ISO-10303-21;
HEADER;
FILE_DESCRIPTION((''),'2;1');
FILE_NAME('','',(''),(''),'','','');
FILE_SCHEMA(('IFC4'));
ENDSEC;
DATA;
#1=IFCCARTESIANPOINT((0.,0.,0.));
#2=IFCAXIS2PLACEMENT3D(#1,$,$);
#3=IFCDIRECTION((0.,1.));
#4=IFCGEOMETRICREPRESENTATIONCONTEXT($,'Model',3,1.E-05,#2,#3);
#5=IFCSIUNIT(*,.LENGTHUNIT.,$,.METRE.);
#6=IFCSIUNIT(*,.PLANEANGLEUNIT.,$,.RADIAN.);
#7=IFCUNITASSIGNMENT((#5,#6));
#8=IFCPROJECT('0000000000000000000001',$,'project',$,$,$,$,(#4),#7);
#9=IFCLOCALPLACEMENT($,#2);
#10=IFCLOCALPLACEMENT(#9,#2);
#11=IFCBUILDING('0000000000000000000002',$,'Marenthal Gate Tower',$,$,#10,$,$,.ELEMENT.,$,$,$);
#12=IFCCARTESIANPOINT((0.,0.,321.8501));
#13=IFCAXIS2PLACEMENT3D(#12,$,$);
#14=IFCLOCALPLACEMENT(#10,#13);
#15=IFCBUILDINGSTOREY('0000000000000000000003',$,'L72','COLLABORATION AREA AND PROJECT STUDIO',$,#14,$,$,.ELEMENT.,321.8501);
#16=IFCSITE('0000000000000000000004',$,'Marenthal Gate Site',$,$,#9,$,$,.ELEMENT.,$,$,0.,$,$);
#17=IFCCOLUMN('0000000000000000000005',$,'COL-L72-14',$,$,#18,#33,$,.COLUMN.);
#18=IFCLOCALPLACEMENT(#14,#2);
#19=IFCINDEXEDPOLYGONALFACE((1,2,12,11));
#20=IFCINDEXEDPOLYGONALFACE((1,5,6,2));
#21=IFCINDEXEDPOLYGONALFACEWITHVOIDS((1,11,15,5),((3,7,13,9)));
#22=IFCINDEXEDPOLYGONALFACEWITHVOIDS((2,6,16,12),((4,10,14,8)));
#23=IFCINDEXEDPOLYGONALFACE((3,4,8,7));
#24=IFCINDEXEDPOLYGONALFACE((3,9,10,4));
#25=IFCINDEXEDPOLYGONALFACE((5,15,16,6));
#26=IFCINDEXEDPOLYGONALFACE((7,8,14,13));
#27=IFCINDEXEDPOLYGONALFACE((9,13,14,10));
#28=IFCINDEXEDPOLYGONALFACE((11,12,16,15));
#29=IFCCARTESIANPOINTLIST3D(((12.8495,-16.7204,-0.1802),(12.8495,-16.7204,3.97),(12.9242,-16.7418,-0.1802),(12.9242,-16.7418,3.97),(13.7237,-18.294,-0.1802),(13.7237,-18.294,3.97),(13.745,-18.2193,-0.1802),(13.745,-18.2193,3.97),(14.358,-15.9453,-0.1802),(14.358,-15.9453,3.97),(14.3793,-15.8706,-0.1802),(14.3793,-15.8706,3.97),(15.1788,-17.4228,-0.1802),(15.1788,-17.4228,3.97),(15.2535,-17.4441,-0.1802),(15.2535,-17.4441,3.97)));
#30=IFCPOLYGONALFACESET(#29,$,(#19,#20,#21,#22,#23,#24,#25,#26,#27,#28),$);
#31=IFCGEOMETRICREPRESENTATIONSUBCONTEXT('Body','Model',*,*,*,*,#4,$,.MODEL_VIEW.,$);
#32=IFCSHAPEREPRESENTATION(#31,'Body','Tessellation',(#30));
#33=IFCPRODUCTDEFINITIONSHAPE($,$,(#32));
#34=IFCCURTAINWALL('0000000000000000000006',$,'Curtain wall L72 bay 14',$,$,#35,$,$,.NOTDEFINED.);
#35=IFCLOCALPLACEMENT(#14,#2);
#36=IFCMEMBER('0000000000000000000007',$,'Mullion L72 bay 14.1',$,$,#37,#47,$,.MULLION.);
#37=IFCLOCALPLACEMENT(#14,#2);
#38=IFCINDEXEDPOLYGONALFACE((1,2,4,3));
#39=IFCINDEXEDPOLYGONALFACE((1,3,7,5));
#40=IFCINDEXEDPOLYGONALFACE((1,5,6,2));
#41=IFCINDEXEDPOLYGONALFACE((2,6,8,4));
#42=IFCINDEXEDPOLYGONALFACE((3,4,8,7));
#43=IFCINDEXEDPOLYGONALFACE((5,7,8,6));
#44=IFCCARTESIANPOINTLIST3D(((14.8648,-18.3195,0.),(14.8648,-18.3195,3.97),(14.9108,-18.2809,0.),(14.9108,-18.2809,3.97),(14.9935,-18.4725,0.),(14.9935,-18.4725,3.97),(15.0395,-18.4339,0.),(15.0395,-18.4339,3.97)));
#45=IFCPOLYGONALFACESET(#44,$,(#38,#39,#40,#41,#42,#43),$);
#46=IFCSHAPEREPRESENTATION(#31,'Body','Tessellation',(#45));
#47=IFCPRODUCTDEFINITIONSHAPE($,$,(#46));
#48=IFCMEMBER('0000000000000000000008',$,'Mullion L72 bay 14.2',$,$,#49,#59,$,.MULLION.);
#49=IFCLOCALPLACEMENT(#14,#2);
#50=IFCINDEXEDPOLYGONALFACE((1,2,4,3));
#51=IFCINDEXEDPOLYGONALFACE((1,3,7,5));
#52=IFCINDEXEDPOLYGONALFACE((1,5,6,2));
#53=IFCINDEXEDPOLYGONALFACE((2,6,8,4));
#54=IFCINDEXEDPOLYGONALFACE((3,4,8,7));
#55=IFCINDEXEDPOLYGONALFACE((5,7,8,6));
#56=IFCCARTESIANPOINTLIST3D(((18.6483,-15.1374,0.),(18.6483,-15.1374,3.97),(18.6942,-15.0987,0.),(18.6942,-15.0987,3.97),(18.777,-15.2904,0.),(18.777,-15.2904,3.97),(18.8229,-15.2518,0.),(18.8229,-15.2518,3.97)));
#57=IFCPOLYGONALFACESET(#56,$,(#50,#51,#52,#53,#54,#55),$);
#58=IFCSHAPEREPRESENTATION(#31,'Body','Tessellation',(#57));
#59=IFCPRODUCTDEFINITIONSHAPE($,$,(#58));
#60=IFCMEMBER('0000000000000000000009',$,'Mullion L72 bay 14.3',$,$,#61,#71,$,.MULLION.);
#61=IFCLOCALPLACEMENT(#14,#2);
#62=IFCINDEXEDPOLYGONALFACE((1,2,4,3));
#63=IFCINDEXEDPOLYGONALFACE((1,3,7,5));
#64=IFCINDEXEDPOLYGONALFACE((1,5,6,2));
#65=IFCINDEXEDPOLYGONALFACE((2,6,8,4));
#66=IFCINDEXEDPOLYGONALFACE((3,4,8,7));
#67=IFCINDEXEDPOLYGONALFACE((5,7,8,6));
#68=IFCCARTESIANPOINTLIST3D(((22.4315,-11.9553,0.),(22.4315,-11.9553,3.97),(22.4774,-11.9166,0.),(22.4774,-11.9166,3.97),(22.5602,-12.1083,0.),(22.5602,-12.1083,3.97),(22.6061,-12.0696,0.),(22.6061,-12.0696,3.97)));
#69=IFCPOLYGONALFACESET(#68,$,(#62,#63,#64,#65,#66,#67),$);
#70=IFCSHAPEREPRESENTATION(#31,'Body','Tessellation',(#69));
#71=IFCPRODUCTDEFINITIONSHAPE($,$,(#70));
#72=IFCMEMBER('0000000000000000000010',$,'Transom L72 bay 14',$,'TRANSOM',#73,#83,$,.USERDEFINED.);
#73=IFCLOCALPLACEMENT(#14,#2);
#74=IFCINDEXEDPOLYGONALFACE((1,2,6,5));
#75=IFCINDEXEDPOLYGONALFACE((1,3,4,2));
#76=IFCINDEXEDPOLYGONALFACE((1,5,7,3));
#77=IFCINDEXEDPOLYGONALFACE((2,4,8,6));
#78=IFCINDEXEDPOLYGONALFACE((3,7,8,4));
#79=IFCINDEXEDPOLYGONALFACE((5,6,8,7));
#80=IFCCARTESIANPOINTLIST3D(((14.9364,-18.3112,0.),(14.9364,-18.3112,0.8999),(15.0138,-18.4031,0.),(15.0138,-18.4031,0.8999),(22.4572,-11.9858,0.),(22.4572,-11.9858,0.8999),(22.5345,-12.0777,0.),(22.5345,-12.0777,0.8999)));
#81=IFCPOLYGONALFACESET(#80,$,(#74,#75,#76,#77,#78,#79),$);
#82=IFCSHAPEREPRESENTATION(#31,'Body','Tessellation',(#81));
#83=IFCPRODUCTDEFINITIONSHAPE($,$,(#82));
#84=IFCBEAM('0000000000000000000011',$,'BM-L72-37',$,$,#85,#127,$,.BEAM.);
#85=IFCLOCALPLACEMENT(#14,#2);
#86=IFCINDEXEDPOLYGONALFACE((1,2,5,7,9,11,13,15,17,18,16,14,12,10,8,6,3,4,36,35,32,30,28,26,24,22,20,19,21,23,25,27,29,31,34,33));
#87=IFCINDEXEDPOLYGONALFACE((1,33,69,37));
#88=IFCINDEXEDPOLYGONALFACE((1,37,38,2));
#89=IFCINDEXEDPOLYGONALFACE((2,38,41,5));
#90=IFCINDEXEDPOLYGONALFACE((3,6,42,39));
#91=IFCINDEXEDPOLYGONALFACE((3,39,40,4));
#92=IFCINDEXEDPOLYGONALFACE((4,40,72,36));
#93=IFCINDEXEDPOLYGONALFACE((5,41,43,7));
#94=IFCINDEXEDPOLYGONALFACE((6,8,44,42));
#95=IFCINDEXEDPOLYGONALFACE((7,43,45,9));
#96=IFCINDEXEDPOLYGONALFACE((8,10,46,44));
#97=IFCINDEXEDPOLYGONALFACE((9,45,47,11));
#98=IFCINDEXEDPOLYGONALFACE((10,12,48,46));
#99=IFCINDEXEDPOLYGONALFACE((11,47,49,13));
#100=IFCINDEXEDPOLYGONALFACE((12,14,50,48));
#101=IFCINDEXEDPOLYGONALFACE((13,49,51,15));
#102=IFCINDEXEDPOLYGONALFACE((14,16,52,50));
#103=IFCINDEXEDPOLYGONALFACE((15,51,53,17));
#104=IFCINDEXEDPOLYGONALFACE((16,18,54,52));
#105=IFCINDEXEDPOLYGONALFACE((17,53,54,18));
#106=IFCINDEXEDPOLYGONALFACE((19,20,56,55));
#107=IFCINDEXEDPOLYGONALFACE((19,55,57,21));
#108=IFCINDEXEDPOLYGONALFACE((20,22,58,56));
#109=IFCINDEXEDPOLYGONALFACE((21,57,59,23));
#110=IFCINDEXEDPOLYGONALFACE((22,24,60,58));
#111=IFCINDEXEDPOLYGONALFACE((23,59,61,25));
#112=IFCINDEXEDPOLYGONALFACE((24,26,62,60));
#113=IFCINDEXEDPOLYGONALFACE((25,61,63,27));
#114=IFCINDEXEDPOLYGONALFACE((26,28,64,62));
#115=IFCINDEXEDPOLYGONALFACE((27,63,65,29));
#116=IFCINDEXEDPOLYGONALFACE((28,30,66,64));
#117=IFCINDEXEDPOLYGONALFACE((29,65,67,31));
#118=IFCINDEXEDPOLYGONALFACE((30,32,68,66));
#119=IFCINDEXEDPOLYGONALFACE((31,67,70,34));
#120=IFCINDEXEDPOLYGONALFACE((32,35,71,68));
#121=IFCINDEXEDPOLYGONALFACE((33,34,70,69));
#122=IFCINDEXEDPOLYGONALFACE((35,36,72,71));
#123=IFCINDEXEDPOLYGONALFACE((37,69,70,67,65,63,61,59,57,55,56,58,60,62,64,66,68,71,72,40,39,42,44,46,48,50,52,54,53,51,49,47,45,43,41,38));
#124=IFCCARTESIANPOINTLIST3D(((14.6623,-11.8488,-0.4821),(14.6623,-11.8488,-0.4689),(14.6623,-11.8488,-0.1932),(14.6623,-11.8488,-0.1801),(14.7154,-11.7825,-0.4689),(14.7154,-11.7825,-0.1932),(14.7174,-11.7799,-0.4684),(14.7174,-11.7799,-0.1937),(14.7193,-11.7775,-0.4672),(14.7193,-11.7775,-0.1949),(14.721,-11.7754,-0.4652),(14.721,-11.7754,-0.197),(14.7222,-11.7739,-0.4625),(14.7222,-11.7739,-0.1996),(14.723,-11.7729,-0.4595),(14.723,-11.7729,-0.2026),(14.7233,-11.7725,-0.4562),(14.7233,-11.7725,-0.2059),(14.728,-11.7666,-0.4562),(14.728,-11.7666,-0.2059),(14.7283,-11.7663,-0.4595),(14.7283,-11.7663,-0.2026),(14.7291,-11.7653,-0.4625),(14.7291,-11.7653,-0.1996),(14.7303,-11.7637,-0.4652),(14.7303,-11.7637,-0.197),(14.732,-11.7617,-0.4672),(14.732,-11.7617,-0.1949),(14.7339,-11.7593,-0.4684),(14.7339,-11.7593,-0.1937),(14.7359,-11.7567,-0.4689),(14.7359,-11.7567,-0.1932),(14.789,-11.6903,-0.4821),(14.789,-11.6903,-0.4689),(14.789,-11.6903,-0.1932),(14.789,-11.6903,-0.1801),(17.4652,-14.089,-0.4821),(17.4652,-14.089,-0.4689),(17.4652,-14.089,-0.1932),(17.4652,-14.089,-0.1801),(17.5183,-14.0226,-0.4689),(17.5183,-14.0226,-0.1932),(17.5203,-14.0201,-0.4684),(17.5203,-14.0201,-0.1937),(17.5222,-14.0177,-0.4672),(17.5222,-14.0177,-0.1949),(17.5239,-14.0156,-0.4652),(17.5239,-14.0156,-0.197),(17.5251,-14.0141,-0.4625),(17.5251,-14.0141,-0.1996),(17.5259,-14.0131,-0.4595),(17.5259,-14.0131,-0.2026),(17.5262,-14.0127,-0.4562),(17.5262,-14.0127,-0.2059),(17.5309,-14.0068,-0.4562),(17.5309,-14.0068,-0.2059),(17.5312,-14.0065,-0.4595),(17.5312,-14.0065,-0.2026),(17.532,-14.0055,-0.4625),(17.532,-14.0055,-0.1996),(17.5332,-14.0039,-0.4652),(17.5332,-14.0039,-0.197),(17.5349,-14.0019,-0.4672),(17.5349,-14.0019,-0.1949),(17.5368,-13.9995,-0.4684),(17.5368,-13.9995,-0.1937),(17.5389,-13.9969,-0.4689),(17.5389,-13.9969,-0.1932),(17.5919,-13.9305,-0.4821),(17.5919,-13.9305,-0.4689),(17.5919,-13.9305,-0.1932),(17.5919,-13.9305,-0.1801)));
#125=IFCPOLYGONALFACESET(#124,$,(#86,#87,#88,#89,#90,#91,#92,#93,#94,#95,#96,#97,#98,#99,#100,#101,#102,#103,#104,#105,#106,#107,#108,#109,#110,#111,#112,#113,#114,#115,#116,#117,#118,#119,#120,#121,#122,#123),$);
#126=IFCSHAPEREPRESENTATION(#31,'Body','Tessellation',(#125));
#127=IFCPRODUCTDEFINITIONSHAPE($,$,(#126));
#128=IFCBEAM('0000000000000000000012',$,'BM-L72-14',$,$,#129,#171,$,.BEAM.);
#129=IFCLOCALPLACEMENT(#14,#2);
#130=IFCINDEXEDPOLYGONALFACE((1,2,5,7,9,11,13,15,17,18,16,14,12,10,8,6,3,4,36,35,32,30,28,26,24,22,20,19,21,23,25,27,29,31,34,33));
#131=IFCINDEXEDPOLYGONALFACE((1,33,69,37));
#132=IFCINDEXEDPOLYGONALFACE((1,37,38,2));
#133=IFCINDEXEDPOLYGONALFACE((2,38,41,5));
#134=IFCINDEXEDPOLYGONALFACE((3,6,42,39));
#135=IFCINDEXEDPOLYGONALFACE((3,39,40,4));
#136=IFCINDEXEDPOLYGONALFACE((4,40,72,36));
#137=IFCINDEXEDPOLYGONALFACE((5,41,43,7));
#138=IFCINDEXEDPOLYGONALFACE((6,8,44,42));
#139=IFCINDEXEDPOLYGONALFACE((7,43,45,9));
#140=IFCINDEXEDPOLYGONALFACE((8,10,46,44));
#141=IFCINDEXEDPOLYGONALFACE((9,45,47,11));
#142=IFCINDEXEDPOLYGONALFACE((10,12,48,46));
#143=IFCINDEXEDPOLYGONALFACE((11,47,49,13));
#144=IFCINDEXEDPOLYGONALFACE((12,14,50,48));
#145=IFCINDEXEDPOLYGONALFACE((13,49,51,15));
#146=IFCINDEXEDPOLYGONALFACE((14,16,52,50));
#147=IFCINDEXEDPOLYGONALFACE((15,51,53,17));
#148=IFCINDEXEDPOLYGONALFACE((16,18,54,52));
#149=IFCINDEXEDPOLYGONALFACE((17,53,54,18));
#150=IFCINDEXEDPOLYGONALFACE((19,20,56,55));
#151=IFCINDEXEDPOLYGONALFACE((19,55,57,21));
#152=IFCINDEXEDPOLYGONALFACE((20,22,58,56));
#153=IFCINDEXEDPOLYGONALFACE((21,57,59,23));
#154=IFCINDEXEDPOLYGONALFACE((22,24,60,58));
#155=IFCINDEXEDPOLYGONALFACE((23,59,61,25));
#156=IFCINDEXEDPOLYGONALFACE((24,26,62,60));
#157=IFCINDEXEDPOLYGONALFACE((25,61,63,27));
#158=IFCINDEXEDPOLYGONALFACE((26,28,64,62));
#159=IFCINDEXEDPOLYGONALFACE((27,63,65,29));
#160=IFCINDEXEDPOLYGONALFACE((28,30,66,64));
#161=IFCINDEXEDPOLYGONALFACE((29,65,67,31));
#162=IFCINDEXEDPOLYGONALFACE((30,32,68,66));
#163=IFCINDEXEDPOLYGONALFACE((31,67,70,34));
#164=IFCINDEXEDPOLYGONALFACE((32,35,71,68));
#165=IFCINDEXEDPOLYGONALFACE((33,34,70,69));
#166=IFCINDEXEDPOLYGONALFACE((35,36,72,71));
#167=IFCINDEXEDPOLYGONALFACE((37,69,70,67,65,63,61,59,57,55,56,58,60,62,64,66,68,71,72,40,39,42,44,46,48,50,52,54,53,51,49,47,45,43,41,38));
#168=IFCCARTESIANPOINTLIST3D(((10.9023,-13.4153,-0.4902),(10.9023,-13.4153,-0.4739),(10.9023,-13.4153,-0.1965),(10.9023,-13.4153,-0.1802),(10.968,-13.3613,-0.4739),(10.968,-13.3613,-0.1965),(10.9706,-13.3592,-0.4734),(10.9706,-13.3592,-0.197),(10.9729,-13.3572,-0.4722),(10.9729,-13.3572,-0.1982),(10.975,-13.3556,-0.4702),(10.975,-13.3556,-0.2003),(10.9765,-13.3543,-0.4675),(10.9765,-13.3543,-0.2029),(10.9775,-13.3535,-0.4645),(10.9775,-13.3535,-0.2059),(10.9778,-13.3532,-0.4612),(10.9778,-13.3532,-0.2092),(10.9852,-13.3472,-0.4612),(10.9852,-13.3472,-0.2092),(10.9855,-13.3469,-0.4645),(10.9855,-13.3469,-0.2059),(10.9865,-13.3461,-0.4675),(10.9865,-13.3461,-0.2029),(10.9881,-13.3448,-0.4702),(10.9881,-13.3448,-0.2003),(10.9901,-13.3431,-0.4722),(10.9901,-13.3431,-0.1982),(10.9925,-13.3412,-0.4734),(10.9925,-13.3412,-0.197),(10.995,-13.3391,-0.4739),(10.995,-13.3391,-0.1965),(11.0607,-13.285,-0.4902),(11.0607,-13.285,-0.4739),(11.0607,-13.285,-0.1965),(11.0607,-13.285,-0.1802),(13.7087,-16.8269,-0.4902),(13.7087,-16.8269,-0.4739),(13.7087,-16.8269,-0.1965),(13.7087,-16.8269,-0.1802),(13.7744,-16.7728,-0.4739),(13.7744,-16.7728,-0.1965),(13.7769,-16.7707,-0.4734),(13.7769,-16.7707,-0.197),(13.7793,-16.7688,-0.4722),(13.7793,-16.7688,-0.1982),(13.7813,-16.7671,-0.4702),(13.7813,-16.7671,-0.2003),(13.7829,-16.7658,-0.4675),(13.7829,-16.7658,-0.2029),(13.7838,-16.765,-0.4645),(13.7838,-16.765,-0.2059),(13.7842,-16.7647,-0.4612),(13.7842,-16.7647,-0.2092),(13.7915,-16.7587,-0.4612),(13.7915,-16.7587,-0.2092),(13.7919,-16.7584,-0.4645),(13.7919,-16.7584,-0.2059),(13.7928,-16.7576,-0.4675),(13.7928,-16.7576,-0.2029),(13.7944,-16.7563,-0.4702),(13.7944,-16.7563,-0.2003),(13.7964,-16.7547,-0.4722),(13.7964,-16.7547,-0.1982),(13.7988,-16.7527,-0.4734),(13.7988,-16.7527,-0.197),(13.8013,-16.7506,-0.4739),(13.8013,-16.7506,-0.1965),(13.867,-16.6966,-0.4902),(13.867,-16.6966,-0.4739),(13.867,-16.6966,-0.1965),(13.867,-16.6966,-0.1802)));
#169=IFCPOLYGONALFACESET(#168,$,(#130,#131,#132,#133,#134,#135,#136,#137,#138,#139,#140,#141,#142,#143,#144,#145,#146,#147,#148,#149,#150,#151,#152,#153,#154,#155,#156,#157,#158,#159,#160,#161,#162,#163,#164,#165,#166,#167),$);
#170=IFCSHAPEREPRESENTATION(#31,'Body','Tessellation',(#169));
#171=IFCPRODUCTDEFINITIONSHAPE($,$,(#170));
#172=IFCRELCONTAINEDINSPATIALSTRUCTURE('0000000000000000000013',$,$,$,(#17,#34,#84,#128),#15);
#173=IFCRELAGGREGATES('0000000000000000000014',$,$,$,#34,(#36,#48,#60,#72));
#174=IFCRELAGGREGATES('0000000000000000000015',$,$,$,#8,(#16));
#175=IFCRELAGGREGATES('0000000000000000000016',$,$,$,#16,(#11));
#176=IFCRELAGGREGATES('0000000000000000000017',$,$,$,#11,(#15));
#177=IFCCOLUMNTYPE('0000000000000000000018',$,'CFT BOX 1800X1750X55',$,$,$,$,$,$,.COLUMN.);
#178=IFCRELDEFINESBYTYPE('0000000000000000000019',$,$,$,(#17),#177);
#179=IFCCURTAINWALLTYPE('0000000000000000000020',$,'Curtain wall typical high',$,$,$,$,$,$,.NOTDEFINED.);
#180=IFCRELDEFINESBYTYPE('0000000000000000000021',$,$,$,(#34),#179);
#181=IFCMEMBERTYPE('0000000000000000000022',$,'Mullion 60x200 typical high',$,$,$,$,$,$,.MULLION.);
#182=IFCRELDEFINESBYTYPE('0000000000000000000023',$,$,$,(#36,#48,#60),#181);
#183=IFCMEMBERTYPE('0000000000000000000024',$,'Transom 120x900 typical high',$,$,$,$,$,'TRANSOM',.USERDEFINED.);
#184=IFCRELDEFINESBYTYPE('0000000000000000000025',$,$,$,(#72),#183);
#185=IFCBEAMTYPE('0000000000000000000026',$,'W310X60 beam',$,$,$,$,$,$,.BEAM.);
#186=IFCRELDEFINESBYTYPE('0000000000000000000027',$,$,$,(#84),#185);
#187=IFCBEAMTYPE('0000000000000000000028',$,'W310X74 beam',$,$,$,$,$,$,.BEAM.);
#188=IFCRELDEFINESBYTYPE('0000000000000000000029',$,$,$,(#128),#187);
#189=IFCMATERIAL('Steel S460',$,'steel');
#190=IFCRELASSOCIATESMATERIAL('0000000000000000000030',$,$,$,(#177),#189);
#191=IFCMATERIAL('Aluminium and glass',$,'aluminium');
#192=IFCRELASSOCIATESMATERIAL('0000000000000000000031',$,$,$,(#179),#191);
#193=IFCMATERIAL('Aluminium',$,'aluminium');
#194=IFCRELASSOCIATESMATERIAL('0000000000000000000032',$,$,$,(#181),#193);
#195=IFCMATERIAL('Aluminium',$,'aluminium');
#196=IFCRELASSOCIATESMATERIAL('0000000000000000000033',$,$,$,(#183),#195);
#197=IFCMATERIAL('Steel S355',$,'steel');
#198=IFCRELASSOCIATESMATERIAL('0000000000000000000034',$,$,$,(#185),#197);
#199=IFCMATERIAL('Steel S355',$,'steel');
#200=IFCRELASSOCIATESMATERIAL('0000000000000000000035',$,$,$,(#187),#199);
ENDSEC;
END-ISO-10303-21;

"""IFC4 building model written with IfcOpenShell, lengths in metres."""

from ifc_helpers import new_model, si_unit, direction, frame, origin, origin_2d, place, context, subcontext, project, spatial, rectangle, hollow_rectangle, i_section, extrude, material, material_profile, profile_set, type_object, element, aggregate, save


model = new_model("IFC4")

# Units and contexts
model_context = context("Model", 3, precision=1e-05, world=origin(), true_north=direction((0.0, 1.0)))
body_context = subcontext(model_context, "Body", "Model", "MODEL_VIEW")
ifc_project = project(units=[si_unit("LENGTHUNIT", "METRE"), si_unit("PLANEANGLEUNIT", "RADIAN")], contexts=[model_context])

# Site, building, storey
site_placement = place(None, origin())
site = spatial("IfcSite", under=ifc_project, at=site_placement, Name="Marenthal Gate Site", CompositionType="ELEMENT", RefElevation=0.0)
building_placement = place(site_placement, origin())
building = spatial("IfcBuilding", under=site, at=building_placement, Name="Marenthal Gate Tower", CompositionType="ELEMENT")
storey_placement = place(building_placement, frame((0.0, 0.0, 321.8501)))
storey = spatial("IfcBuildingStorey", under=building, at=storey_placement, Name="L72", Description="COLLABORATION AREA AND PROJECT STUDIO", CompositionType="ELEMENT", Elevation=321.8501)

# Column
ifc_material_1 = material(Name="Steel S460", Category="steel")
ifc_material_profile_1 = material_profile(ifc_material_1, hollow_rectangle(XDim=1.75, YDim=1.8, WallThickness=0.0549, at=origin_2d()), Name="CFT BOX 1800X1750X55")
ifc_material_2 = material(Name="Concrete 70 MPa", Category="concrete")
ifc_material_profile_2 = material_profile(ifc_material_2, rectangle(XDim=1.6399, YDim=1.6899, at=origin_2d()), Name="CFT BOX 1800X1750X55 INFILL")
ifc_profile_set_1 = profile_set([ifc_material_profile_1, ifc_material_profile_2], Name="Steel S460 shell, Concrete 70 MPa infill")
column_type = type_object("IfcColumnType", Name="CFT BOX 1800X1750X55", PredefinedType="COLUMN", material=ifc_profile_set_1)
column_placement = place(storey_placement, frame((14.0515, -17.0823, -0.1802), z_axis=(0.0, 0.0, 1.0), x_axis=(-0.874163, -0.485632, 0.0)))
element("IfcColumn", 1, at=column_placement, inside=storey, type_object=column_type, Name="COL-L72-14", PredefinedType="COLUMN", context=body_context, shape_type="SweptSolid", body=[
    extrude(hollow_rectangle(XDim=1.75, YDim=1.8, WallThickness=0.0549, at=origin_2d()), origin(), (0.0, 0.0, 1.0), 4.1501),
])

# Curtain wall, members
ifc_material_3 = material(Name="Aluminium and glass", Category="aluminium")
curtain_wall_type = type_object("IfcCurtainWallType", Name="Curtain wall typical high", PredefinedType="NOTDEFINED", material=ifc_material_3)
curtain_wall_placement = place(storey_placement, origin())
curtain_wall = element("IfcCurtainWall", 2, at=curtain_wall_placement, inside=storey, type_object=curtain_wall_type, Name="Curtain wall L72 bay 14", PredefinedType="NOTDEFINED")
ifc_material_4 = material(Name="Aluminium", Category="aluminium")
ifc_material_profile_3 = material_profile(ifc_material_4, rectangle(XDim=0.2, YDim=0.0601, at=origin_2d()), Name="60x200 aluminium mullion")
ifc_profile_set_2 = profile_set([ifc_material_profile_3], Name="Aluminium")
member_type_1 = type_object("IfcMemberType", Name="Mullion 60x200 typical high", PredefinedType="MULLION", material=ifc_profile_set_2)
member_1_placement = place(storey_placement, frame((14.9521, -18.3767, 0.0), z_axis=(0.0, 0.0, 1.0), x_axis=(-0.643676, 0.765298, 0.0)))
member_1 = element("IfcMember", 3, at=member_1_placement, type_object=member_type_1, Name="Mullion L72 bay 14.1", PredefinedType="MULLION", context=body_context, shape_type="SweptSolid", body=[
    extrude(rectangle(XDim=0.2, YDim=0.0601, at=origin_2d()), origin(), (0.0, 0.0, 1.0), 3.97),
])
member_2_placement = place(storey_placement, frame((18.7356, -15.1946, 0.0), z_axis=(0.0, 0.0, 1.0), x_axis=(-0.643676, 0.765298, 0.0)))
member_2 = element("IfcMember", 4, at=member_2_placement, type_object=member_type_1, Name="Mullion L72 bay 14.2", PredefinedType="MULLION", context=body_context, shape_type="SweptSolid", body=[
    extrude(rectangle(XDim=0.2, YDim=0.0601, at=origin_2d()), origin(), (0.0, 0.0, 1.0), 3.97),
])
member_3_placement = place(storey_placement, frame((22.5188, -12.0125, 0.0), z_axis=(0.0, 0.0, 1.0), x_axis=(-0.643676, 0.765298, 0.0)))
member_3 = element("IfcMember", 5, at=member_3_placement, type_object=member_type_1, Name="Mullion L72 bay 14.3", PredefinedType="MULLION", context=body_context, shape_type="SweptSolid", body=[
    extrude(rectangle(XDim=0.2, YDim=0.0601, at=origin_2d()), origin(), (0.0, 0.0, 1.0), 3.97),
])
ifc_material_5 = material(Name="Aluminium", Category="aluminium")
ifc_material_profile_4 = material_profile(ifc_material_5, rectangle(XDim=0.1201, YDim=0.8999, at=origin_2d()), Name="120x900 aluminium transom")
ifc_profile_set_3 = profile_set([ifc_material_profile_4], Name="Aluminium")
member_type_2 = type_object("IfcMemberType", Name="Transom 120x900 typical high", ElementType="TRANSOM", PredefinedType="USERDEFINED", material=ifc_profile_set_3)
member_4_placement = place(storey_placement, frame((14.9751, -18.3572, 0.45), z_axis=(0.765303, 0.64367, 0.0), x_axis=(-0.64367, 0.765303, 0.0)))
member_4 = element("IfcMember", 6, at=member_4_placement, type_object=member_type_2, Name="Transom L72 bay 14", ObjectType="TRANSOM", PredefinedType="USERDEFINED", context=body_context, shape_type="SweptSolid", body=[
    extrude(rectangle(XDim=0.1201, YDim=0.8999, at=origin_2d()), origin(), (0.0, 0.0, 1.0), 9.8271),
])

# Beams
ifc_material_6 = material(Name="Steel S355", Category="steel")
ifc_material_profile_5 = material_profile(ifc_material_6, i_section(OverallWidth=0.2029, OverallDepth=0.302, WebThickness=0.0076, FlangeThickness=0.0132, FilletRadius=0.0127, at=origin_2d()), Name="W310X60")
ifc_profile_set_4 = profile_set([ifc_material_profile_5], Name="Steel S355")
beam_type_1 = type_object("IfcBeamType", Name="W310X60 beam", PredefinedType="BEAM", material=ifc_profile_set_4)
beam_1_placement = place(storey_placement, frame((17.5286, -14.0098, -0.3311), z_axis=(-0.781161, 0.62433, 0.0), x_axis=(-0.62433, -0.781161, 0.0)))
element("IfcBeam", 7, at=beam_1_placement, inside=storey, type_object=beam_type_1, Name="BM-L72-37", PredefinedType="BEAM", context=body_context, shape_type="SweptSolid", body=[
    extrude(i_section(OverallWidth=0.2029, OverallDepth=0.302, WebThickness=0.0076, FlangeThickness=0.0132, FilletRadius=0.0127, at=origin_2d()), origin(), (0.0, 0.0, 1.0), 3.5881),
])
ifc_material_7 = material(Name="Steel S355", Category="steel")
ifc_material_profile_6 = material_profile(ifc_material_7, i_section(OverallWidth=0.2051, OverallDepth=0.3101, WebThickness=0.0095, FlangeThickness=0.0164, FilletRadius=0.0127, at=origin_2d()), Name="W310X74")
ifc_profile_set_5 = profile_set([ifc_material_profile_6], Name="Steel S355")
beam_type_2 = type_object("IfcBeamType", Name="W310X74 beam", PredefinedType="BEAM", material=ifc_profile_set_5)
beam_2_placement = place(storey_placement, frame((13.7878, -16.7617, -0.3352), z_axis=(-0.635279, 0.772283, 0.0), x_axis=(-0.772283, -0.635279, 0.0)))
element("IfcBeam", 8, at=beam_2_placement, inside=storey, type_object=beam_type_2, Name="BM-L72-14", PredefinedType="BEAM", context=body_context, shape_type="SweptSolid", body=[
    extrude(i_section(OverallWidth=0.2051, OverallDepth=0.3101, WebThickness=0.0095, FlangeThickness=0.0164, FilletRadius=0.0127, at=origin_2d()), origin(), (0.0, 0.0, 1.0), 4.4175),
])

aggregate(curtain_wall, [member_1, member_2, member_3, member_4])

save(model, "model.ifc")
